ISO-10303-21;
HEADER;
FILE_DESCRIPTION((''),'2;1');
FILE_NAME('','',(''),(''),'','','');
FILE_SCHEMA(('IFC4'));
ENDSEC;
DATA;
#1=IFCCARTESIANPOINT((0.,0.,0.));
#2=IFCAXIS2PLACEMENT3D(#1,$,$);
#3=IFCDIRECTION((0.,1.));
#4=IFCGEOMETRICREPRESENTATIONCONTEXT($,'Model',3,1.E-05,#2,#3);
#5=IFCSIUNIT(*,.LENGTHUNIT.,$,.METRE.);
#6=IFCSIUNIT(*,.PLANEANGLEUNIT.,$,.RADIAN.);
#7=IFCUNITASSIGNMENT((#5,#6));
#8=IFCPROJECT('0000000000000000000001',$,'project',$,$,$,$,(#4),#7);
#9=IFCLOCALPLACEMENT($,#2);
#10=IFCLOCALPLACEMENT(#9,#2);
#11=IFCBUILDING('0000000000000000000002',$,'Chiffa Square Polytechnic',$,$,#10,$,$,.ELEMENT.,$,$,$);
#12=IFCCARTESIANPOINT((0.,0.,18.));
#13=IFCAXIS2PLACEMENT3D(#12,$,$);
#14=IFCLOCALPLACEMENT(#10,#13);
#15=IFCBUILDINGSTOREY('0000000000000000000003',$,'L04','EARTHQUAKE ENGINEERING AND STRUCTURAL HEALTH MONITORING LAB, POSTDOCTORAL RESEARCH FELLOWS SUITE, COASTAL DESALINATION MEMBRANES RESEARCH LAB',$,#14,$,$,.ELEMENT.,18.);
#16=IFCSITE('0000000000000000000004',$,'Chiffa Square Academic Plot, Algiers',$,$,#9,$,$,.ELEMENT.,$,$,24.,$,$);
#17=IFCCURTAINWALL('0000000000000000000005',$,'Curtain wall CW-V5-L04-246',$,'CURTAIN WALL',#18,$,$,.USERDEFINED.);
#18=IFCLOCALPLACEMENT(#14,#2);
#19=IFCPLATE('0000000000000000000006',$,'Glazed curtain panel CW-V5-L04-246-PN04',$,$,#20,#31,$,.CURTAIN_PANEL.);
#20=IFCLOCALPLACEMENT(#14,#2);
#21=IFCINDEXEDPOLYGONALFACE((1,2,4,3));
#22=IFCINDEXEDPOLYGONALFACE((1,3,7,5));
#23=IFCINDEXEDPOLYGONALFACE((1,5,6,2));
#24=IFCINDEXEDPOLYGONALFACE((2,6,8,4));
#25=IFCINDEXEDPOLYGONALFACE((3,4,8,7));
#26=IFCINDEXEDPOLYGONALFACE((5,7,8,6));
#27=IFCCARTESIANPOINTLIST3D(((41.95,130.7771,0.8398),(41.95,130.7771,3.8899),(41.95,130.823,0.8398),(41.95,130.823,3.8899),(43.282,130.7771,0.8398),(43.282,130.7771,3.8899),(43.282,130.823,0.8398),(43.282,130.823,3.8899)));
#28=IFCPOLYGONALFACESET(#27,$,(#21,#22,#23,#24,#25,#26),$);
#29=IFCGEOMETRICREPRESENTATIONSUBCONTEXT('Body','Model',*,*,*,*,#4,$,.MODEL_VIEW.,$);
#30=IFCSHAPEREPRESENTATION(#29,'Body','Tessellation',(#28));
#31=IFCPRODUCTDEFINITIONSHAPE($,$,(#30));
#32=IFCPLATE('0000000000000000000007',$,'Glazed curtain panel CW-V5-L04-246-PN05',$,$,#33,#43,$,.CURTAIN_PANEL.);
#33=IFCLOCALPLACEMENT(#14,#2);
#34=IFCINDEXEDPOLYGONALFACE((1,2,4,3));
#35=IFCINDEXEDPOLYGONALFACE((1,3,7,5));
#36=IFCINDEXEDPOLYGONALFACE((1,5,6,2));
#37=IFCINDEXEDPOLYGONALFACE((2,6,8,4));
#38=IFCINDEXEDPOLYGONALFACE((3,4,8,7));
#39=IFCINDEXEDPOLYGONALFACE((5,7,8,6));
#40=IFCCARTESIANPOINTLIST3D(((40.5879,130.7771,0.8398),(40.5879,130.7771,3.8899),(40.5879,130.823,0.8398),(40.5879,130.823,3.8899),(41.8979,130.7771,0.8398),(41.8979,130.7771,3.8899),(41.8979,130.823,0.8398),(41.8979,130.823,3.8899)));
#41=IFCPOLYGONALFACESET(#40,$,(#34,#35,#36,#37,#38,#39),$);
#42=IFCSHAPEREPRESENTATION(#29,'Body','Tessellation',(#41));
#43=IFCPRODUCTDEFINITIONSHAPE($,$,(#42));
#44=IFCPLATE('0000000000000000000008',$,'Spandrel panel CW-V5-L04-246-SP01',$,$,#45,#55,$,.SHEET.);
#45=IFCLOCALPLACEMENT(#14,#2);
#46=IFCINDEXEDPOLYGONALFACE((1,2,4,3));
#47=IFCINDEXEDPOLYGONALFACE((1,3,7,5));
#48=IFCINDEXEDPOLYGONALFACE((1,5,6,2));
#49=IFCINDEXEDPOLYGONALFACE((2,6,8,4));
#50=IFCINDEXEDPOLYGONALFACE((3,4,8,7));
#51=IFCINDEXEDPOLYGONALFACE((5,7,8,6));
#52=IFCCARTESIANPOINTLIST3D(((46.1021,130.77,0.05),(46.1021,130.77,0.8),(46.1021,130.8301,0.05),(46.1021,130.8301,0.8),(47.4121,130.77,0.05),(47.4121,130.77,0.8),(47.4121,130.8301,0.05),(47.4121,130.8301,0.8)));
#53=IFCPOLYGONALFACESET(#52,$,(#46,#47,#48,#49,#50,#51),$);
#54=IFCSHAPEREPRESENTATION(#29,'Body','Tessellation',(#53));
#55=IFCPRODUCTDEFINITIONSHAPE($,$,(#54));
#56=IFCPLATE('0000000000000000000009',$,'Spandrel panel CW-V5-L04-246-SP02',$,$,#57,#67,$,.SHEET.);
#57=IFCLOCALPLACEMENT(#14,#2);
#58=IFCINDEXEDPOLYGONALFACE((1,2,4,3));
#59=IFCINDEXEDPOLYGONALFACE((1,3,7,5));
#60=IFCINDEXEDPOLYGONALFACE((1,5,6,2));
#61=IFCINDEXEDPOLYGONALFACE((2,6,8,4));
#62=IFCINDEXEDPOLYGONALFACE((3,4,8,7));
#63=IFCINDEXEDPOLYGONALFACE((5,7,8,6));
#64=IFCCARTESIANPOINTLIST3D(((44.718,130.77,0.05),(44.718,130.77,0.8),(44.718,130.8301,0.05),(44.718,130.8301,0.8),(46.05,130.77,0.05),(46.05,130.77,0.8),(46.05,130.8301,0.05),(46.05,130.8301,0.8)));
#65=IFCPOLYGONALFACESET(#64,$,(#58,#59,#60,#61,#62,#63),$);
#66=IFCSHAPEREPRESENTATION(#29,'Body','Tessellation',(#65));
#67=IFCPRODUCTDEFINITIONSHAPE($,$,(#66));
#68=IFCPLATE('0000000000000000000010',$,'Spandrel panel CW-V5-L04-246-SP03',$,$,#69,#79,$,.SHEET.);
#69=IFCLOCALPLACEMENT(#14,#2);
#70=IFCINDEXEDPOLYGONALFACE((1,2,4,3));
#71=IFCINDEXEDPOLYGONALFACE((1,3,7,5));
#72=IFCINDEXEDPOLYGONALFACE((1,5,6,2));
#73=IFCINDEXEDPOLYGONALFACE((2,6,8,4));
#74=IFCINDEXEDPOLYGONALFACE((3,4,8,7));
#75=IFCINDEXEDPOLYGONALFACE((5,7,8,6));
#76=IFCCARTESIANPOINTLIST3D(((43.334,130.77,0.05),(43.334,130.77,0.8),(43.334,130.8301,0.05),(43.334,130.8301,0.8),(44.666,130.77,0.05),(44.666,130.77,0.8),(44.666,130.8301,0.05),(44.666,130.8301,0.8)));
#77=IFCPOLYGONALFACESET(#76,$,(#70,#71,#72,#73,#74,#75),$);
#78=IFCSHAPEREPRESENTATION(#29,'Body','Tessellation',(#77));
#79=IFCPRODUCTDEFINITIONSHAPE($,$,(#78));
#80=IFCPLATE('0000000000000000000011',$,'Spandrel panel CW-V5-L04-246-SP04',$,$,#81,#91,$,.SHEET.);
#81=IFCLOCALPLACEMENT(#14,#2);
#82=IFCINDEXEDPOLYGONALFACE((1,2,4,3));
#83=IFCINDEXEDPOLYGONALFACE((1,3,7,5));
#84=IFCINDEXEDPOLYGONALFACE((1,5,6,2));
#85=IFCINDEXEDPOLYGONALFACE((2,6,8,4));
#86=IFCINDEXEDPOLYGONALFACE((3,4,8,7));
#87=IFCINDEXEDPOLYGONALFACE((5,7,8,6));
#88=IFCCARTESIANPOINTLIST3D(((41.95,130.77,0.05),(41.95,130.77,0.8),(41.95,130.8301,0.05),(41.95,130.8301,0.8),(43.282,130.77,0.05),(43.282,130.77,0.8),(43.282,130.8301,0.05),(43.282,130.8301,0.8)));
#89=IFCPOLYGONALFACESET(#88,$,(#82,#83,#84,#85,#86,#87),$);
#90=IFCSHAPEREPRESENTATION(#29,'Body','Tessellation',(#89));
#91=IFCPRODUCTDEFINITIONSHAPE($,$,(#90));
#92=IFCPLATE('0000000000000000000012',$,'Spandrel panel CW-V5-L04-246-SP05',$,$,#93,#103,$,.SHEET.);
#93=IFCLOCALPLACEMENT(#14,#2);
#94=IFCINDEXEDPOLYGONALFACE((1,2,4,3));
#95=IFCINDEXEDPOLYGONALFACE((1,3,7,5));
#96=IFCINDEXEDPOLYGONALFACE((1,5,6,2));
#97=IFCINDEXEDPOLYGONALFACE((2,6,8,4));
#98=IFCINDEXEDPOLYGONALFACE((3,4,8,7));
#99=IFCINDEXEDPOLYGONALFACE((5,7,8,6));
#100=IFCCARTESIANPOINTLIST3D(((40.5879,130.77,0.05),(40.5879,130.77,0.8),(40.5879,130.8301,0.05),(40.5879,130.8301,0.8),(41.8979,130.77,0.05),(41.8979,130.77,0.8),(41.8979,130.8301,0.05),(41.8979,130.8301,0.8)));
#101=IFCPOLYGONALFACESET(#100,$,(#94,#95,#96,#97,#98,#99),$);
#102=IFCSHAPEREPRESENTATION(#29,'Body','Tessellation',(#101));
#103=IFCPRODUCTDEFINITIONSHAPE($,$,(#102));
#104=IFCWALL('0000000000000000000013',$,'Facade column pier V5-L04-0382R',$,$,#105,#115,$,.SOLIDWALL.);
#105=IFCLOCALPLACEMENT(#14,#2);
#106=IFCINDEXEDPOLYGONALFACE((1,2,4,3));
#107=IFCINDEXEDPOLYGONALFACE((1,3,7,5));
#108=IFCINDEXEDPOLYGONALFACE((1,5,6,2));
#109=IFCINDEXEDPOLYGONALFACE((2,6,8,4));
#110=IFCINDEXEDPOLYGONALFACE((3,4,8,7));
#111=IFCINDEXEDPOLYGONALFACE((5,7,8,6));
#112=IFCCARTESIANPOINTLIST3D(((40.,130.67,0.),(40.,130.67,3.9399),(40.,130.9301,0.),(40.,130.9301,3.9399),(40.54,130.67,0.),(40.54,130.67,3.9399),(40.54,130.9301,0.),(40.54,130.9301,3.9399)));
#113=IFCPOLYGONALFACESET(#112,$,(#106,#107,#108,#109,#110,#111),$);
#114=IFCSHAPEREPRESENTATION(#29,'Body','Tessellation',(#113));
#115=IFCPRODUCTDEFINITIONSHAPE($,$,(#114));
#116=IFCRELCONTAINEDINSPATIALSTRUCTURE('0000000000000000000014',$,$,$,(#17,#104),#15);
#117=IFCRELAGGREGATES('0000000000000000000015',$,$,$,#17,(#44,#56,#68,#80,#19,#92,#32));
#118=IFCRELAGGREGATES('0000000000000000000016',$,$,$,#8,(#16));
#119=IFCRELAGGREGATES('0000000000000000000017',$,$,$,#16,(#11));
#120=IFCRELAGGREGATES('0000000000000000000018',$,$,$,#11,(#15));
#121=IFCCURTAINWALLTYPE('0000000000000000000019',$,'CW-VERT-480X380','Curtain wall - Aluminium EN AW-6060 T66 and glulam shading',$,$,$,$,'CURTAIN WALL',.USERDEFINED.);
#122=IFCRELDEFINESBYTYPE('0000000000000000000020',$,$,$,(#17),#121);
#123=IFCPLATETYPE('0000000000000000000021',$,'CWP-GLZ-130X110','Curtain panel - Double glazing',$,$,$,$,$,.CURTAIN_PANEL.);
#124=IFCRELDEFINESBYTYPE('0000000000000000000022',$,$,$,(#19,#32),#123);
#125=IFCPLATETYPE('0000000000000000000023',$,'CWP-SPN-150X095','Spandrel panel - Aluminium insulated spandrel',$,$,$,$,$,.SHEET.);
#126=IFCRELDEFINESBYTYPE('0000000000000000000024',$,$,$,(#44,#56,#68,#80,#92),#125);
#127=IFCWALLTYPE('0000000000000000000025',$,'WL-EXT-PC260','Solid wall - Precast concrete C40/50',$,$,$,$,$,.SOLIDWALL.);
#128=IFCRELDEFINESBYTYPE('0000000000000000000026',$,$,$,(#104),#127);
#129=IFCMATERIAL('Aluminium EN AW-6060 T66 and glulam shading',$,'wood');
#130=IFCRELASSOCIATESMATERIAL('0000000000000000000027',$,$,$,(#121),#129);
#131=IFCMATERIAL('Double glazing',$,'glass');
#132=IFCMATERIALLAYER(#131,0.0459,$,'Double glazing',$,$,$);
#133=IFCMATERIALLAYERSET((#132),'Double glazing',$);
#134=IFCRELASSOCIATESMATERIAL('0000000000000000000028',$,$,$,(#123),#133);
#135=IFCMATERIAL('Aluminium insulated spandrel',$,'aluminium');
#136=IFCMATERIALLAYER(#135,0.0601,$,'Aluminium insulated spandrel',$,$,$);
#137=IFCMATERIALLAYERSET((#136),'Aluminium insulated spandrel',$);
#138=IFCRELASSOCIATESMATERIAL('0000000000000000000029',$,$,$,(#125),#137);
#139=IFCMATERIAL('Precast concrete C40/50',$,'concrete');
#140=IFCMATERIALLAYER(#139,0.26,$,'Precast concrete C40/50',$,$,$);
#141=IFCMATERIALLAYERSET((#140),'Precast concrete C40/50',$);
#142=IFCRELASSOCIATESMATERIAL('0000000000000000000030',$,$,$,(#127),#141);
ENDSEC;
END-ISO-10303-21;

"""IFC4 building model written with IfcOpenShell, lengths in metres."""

from ifc_helpers import new_model, si_unit, direction, frame, frame_2d, origin, origin_2d, place, context, subcontext, project, spatial, rectangle, extrude, material, layer, layer_set, type_object, element, aggregate, save


model = new_model("IFC4")

# Units and contexts
model_context = context("Model", 3, precision=1e-05, world=origin(), true_north=direction((0.0, 1.0)))
body_context = subcontext(model_context, "Body", "Model", "MODEL_VIEW")
ifc_project = project(units=[si_unit("LENGTHUNIT", "METRE"), si_unit("PLANEANGLEUNIT", "RADIAN")], contexts=[model_context])

# Site, building, storey
site_placement = place(None, origin())
site = spatial("IfcSite", under=ifc_project, at=site_placement, Name="Chiffa Square Academic Plot, Algiers", CompositionType="ELEMENT", RefElevation=24.0)
building_placement = place(site_placement, origin())
building = spatial("IfcBuilding", under=site, at=building_placement, Name="Chiffa Square Polytechnic", CompositionType="ELEMENT")
storey_placement = place(building_placement, frame((0.0, 0.0, 18.0)))
storey = spatial("IfcBuildingStorey", under=building, at=storey_placement, Name="L04", Description="EARTHQUAKE ENGINEERING AND STRUCTURAL HEALTH MONITORING LAB, POSTDOCTORAL RESEARCH FELLOWS SUITE, COASTAL DESALINATION MEMBRANES RESEARCH LAB", CompositionType="ELEMENT", Elevation=18.0)

# Curtain wall
ifc_material_1 = material(Name="Aluminium EN AW-6060 T66 and glulam shading", Category="wood")
curtain_wall_type = type_object("IfcCurtainWallType", Name="CW-VERT-480X380", Description="Curtain wall - Aluminium EN AW-6060 T66 and glulam shading", ElementType="CURTAIN WALL", PredefinedType="USERDEFINED", material=ifc_material_1)
curtain_wall_placement = place(storey_placement, origin())
curtain_wall = element("IfcCurtainWall", 1, at=curtain_wall_placement, inside=storey, type_object=curtain_wall_type, Name="Curtain wall CW-V5-L04-246", ObjectType="CURTAIN WALL", PredefinedType="USERDEFINED")

# Plates
ifc_material_2 = material(Name="Double glazing", Category="glass")
ifc_layer_1 = layer(ifc_material_2, 0.0459, Name="Double glazing")
ifc_layer_set_1 = layer_set([ifc_layer_1], Name="Double glazing")
plate_type_1 = type_object("IfcPlateType", Name="CWP-GLZ-130X110", Description="Curtain panel - Double glazing", PredefinedType="CURTAIN_PANEL", material=ifc_layer_set_1)
plate_1_placement = place(storey_placement, frame((42.616, 130.8, 0.8398), z_axis=(0.0, 0.0, 1.0), x_axis=(-1.0, 0.0, 0.0)))
plate_1 = element("IfcPlate", 2, at=plate_1_placement, type_object=plate_type_1, Name="Glazed curtain panel CW-V5-L04-246-PN04", PredefinedType="CURTAIN_PANEL", context=body_context, shape_type="SweptSolid", body=[
    extrude(rectangle(XDim=1.332, YDim=0.0459, at=origin_2d()), origin(), (0.0, 0.0, 1.0), 3.05),
])
plate_2_placement = place(storey_placement, frame((41.2429, 130.8, 0.8398), z_axis=(0.0, 0.0, 1.0), x_axis=(-1.0, 0.0, 0.0)))
plate_2 = element("IfcPlate", 3, at=plate_2_placement, type_object=plate_type_1, Name="Glazed curtain panel CW-V5-L04-246-PN05", PredefinedType="CURTAIN_PANEL", context=body_context, shape_type="SweptSolid", body=[
    extrude(rectangle(XDim=1.3101, YDim=0.0459, at=origin_2d()), origin(), (0.0, 0.0, 1.0), 3.05),
])
ifc_material_3 = material(Name="Aluminium insulated spandrel", Category="aluminium")
ifc_layer_2 = layer(ifc_material_3, 0.0601, Name="Aluminium insulated spandrel")
ifc_layer_set_2 = layer_set([ifc_layer_2], Name="Aluminium insulated spandrel")
plate_type_2 = type_object("IfcPlateType", Name="CWP-SPN-150X095", Description="Spandrel panel - Aluminium insulated spandrel", PredefinedType="SHEET", material=ifc_layer_set_2)
plate_3_placement = place(storey_placement, frame((46.7571, 130.8, 0.05), z_axis=(0.0, 0.0, 1.0), x_axis=(-1.0, 0.0, 0.0)))
plate_3 = element("IfcPlate", 4, at=plate_3_placement, type_object=plate_type_2, Name="Spandrel panel CW-V5-L04-246-SP01", PredefinedType="SHEET", context=body_context, shape_type="SweptSolid", body=[
    extrude(rectangle(XDim=1.3101, YDim=0.0601, at=origin_2d()), origin(), (0.0, 0.0, 1.0), 0.75),
])
plate_4_placement = place(storey_placement, frame((45.384, 130.8, 0.05), z_axis=(0.0, 0.0, 1.0), x_axis=(-1.0, 0.0, 0.0)))
plate_4 = element("IfcPlate", 5, at=plate_4_placement, type_object=plate_type_2, Name="Spandrel panel CW-V5-L04-246-SP02", PredefinedType="SHEET", context=body_context, shape_type="SweptSolid", body=[
    extrude(rectangle(XDim=1.332, YDim=0.0601, at=origin_2d()), origin(), (0.0, 0.0, 1.0), 0.75),
])
plate_5_placement = place(storey_placement, frame((44.0, 130.8, 0.05), z_axis=(0.0, 0.0, 1.0), x_axis=(-1.0, 0.0, 0.0)))
plate_5 = element("IfcPlate", 6, at=plate_5_placement, type_object=plate_type_2, Name="Spandrel panel CW-V5-L04-246-SP03", PredefinedType="SHEET", context=body_context, shape_type="SweptSolid", body=[
    extrude(rectangle(XDim=1.332, YDim=0.0601, at=origin_2d()), origin(), (0.0, 0.0, 1.0), 0.75),
])
plate_6_placement = place(storey_placement, frame((42.616, 130.8, 0.05), z_axis=(0.0, 0.0, 1.0), x_axis=(-1.0, 0.0, 0.0)))
plate_6 = element("IfcPlate", 7, at=plate_6_placement, type_object=plate_type_2, Name="Spandrel panel CW-V5-L04-246-SP04", PredefinedType="SHEET", context=body_context, shape_type="SweptSolid", body=[
    extrude(rectangle(XDim=1.332, YDim=0.0601, at=origin_2d()), origin(), (0.0, 0.0, 1.0), 0.75),
])
plate_7_placement = place(storey_placement, frame((41.2429, 130.8, 0.05), z_axis=(0.0, 0.0, 1.0), x_axis=(-1.0, 0.0, 0.0)))
plate_7 = element("IfcPlate", 8, at=plate_7_placement, type_object=plate_type_2, Name="Spandrel panel CW-V5-L04-246-SP05", PredefinedType="SHEET", context=body_context, shape_type="SweptSolid", body=[
    extrude(rectangle(XDim=1.3101, YDim=0.0601, at=origin_2d()), origin(), (0.0, 0.0, 1.0), 0.75),
])
aggregate(curtain_wall, [plate_3, plate_4, plate_5, plate_6, plate_1, plate_7, plate_2])

# Wall
ifc_material_4 = material(Name="Precast concrete C40/50", Category="concrete")
ifc_layer_3 = layer(ifc_material_4, 0.26, Name="Precast concrete C40/50")
ifc_layer_set_3 = layer_set([ifc_layer_3], Name="Precast concrete C40/50")
wall_type = type_object("IfcWallType", Name="WL-EXT-PC260", Description="Solid wall - Precast concrete C40/50", PredefinedType="SOLIDWALL", material=ifc_layer_set_3)
wall_placement = place(storey_placement, frame((40.54, 130.8, 0.0), z_axis=(0.0, 0.0, 1.0), x_axis=(-1.0, 0.0, 0.0)))
element("IfcWall", 9, at=wall_placement, inside=storey, type_object=wall_type, Name="Facade column pier V5-L04-0382R", PredefinedType="SOLIDWALL", context=body_context, shape_type="SweptSolid", body=[
    extrude(rectangle(XDim=0.54, YDim=0.26, at=frame_2d((0.27, 0.0))), origin(), (0.0, 0.0, 1.0), 3.9399),
])

save(model, "model.ifc")
